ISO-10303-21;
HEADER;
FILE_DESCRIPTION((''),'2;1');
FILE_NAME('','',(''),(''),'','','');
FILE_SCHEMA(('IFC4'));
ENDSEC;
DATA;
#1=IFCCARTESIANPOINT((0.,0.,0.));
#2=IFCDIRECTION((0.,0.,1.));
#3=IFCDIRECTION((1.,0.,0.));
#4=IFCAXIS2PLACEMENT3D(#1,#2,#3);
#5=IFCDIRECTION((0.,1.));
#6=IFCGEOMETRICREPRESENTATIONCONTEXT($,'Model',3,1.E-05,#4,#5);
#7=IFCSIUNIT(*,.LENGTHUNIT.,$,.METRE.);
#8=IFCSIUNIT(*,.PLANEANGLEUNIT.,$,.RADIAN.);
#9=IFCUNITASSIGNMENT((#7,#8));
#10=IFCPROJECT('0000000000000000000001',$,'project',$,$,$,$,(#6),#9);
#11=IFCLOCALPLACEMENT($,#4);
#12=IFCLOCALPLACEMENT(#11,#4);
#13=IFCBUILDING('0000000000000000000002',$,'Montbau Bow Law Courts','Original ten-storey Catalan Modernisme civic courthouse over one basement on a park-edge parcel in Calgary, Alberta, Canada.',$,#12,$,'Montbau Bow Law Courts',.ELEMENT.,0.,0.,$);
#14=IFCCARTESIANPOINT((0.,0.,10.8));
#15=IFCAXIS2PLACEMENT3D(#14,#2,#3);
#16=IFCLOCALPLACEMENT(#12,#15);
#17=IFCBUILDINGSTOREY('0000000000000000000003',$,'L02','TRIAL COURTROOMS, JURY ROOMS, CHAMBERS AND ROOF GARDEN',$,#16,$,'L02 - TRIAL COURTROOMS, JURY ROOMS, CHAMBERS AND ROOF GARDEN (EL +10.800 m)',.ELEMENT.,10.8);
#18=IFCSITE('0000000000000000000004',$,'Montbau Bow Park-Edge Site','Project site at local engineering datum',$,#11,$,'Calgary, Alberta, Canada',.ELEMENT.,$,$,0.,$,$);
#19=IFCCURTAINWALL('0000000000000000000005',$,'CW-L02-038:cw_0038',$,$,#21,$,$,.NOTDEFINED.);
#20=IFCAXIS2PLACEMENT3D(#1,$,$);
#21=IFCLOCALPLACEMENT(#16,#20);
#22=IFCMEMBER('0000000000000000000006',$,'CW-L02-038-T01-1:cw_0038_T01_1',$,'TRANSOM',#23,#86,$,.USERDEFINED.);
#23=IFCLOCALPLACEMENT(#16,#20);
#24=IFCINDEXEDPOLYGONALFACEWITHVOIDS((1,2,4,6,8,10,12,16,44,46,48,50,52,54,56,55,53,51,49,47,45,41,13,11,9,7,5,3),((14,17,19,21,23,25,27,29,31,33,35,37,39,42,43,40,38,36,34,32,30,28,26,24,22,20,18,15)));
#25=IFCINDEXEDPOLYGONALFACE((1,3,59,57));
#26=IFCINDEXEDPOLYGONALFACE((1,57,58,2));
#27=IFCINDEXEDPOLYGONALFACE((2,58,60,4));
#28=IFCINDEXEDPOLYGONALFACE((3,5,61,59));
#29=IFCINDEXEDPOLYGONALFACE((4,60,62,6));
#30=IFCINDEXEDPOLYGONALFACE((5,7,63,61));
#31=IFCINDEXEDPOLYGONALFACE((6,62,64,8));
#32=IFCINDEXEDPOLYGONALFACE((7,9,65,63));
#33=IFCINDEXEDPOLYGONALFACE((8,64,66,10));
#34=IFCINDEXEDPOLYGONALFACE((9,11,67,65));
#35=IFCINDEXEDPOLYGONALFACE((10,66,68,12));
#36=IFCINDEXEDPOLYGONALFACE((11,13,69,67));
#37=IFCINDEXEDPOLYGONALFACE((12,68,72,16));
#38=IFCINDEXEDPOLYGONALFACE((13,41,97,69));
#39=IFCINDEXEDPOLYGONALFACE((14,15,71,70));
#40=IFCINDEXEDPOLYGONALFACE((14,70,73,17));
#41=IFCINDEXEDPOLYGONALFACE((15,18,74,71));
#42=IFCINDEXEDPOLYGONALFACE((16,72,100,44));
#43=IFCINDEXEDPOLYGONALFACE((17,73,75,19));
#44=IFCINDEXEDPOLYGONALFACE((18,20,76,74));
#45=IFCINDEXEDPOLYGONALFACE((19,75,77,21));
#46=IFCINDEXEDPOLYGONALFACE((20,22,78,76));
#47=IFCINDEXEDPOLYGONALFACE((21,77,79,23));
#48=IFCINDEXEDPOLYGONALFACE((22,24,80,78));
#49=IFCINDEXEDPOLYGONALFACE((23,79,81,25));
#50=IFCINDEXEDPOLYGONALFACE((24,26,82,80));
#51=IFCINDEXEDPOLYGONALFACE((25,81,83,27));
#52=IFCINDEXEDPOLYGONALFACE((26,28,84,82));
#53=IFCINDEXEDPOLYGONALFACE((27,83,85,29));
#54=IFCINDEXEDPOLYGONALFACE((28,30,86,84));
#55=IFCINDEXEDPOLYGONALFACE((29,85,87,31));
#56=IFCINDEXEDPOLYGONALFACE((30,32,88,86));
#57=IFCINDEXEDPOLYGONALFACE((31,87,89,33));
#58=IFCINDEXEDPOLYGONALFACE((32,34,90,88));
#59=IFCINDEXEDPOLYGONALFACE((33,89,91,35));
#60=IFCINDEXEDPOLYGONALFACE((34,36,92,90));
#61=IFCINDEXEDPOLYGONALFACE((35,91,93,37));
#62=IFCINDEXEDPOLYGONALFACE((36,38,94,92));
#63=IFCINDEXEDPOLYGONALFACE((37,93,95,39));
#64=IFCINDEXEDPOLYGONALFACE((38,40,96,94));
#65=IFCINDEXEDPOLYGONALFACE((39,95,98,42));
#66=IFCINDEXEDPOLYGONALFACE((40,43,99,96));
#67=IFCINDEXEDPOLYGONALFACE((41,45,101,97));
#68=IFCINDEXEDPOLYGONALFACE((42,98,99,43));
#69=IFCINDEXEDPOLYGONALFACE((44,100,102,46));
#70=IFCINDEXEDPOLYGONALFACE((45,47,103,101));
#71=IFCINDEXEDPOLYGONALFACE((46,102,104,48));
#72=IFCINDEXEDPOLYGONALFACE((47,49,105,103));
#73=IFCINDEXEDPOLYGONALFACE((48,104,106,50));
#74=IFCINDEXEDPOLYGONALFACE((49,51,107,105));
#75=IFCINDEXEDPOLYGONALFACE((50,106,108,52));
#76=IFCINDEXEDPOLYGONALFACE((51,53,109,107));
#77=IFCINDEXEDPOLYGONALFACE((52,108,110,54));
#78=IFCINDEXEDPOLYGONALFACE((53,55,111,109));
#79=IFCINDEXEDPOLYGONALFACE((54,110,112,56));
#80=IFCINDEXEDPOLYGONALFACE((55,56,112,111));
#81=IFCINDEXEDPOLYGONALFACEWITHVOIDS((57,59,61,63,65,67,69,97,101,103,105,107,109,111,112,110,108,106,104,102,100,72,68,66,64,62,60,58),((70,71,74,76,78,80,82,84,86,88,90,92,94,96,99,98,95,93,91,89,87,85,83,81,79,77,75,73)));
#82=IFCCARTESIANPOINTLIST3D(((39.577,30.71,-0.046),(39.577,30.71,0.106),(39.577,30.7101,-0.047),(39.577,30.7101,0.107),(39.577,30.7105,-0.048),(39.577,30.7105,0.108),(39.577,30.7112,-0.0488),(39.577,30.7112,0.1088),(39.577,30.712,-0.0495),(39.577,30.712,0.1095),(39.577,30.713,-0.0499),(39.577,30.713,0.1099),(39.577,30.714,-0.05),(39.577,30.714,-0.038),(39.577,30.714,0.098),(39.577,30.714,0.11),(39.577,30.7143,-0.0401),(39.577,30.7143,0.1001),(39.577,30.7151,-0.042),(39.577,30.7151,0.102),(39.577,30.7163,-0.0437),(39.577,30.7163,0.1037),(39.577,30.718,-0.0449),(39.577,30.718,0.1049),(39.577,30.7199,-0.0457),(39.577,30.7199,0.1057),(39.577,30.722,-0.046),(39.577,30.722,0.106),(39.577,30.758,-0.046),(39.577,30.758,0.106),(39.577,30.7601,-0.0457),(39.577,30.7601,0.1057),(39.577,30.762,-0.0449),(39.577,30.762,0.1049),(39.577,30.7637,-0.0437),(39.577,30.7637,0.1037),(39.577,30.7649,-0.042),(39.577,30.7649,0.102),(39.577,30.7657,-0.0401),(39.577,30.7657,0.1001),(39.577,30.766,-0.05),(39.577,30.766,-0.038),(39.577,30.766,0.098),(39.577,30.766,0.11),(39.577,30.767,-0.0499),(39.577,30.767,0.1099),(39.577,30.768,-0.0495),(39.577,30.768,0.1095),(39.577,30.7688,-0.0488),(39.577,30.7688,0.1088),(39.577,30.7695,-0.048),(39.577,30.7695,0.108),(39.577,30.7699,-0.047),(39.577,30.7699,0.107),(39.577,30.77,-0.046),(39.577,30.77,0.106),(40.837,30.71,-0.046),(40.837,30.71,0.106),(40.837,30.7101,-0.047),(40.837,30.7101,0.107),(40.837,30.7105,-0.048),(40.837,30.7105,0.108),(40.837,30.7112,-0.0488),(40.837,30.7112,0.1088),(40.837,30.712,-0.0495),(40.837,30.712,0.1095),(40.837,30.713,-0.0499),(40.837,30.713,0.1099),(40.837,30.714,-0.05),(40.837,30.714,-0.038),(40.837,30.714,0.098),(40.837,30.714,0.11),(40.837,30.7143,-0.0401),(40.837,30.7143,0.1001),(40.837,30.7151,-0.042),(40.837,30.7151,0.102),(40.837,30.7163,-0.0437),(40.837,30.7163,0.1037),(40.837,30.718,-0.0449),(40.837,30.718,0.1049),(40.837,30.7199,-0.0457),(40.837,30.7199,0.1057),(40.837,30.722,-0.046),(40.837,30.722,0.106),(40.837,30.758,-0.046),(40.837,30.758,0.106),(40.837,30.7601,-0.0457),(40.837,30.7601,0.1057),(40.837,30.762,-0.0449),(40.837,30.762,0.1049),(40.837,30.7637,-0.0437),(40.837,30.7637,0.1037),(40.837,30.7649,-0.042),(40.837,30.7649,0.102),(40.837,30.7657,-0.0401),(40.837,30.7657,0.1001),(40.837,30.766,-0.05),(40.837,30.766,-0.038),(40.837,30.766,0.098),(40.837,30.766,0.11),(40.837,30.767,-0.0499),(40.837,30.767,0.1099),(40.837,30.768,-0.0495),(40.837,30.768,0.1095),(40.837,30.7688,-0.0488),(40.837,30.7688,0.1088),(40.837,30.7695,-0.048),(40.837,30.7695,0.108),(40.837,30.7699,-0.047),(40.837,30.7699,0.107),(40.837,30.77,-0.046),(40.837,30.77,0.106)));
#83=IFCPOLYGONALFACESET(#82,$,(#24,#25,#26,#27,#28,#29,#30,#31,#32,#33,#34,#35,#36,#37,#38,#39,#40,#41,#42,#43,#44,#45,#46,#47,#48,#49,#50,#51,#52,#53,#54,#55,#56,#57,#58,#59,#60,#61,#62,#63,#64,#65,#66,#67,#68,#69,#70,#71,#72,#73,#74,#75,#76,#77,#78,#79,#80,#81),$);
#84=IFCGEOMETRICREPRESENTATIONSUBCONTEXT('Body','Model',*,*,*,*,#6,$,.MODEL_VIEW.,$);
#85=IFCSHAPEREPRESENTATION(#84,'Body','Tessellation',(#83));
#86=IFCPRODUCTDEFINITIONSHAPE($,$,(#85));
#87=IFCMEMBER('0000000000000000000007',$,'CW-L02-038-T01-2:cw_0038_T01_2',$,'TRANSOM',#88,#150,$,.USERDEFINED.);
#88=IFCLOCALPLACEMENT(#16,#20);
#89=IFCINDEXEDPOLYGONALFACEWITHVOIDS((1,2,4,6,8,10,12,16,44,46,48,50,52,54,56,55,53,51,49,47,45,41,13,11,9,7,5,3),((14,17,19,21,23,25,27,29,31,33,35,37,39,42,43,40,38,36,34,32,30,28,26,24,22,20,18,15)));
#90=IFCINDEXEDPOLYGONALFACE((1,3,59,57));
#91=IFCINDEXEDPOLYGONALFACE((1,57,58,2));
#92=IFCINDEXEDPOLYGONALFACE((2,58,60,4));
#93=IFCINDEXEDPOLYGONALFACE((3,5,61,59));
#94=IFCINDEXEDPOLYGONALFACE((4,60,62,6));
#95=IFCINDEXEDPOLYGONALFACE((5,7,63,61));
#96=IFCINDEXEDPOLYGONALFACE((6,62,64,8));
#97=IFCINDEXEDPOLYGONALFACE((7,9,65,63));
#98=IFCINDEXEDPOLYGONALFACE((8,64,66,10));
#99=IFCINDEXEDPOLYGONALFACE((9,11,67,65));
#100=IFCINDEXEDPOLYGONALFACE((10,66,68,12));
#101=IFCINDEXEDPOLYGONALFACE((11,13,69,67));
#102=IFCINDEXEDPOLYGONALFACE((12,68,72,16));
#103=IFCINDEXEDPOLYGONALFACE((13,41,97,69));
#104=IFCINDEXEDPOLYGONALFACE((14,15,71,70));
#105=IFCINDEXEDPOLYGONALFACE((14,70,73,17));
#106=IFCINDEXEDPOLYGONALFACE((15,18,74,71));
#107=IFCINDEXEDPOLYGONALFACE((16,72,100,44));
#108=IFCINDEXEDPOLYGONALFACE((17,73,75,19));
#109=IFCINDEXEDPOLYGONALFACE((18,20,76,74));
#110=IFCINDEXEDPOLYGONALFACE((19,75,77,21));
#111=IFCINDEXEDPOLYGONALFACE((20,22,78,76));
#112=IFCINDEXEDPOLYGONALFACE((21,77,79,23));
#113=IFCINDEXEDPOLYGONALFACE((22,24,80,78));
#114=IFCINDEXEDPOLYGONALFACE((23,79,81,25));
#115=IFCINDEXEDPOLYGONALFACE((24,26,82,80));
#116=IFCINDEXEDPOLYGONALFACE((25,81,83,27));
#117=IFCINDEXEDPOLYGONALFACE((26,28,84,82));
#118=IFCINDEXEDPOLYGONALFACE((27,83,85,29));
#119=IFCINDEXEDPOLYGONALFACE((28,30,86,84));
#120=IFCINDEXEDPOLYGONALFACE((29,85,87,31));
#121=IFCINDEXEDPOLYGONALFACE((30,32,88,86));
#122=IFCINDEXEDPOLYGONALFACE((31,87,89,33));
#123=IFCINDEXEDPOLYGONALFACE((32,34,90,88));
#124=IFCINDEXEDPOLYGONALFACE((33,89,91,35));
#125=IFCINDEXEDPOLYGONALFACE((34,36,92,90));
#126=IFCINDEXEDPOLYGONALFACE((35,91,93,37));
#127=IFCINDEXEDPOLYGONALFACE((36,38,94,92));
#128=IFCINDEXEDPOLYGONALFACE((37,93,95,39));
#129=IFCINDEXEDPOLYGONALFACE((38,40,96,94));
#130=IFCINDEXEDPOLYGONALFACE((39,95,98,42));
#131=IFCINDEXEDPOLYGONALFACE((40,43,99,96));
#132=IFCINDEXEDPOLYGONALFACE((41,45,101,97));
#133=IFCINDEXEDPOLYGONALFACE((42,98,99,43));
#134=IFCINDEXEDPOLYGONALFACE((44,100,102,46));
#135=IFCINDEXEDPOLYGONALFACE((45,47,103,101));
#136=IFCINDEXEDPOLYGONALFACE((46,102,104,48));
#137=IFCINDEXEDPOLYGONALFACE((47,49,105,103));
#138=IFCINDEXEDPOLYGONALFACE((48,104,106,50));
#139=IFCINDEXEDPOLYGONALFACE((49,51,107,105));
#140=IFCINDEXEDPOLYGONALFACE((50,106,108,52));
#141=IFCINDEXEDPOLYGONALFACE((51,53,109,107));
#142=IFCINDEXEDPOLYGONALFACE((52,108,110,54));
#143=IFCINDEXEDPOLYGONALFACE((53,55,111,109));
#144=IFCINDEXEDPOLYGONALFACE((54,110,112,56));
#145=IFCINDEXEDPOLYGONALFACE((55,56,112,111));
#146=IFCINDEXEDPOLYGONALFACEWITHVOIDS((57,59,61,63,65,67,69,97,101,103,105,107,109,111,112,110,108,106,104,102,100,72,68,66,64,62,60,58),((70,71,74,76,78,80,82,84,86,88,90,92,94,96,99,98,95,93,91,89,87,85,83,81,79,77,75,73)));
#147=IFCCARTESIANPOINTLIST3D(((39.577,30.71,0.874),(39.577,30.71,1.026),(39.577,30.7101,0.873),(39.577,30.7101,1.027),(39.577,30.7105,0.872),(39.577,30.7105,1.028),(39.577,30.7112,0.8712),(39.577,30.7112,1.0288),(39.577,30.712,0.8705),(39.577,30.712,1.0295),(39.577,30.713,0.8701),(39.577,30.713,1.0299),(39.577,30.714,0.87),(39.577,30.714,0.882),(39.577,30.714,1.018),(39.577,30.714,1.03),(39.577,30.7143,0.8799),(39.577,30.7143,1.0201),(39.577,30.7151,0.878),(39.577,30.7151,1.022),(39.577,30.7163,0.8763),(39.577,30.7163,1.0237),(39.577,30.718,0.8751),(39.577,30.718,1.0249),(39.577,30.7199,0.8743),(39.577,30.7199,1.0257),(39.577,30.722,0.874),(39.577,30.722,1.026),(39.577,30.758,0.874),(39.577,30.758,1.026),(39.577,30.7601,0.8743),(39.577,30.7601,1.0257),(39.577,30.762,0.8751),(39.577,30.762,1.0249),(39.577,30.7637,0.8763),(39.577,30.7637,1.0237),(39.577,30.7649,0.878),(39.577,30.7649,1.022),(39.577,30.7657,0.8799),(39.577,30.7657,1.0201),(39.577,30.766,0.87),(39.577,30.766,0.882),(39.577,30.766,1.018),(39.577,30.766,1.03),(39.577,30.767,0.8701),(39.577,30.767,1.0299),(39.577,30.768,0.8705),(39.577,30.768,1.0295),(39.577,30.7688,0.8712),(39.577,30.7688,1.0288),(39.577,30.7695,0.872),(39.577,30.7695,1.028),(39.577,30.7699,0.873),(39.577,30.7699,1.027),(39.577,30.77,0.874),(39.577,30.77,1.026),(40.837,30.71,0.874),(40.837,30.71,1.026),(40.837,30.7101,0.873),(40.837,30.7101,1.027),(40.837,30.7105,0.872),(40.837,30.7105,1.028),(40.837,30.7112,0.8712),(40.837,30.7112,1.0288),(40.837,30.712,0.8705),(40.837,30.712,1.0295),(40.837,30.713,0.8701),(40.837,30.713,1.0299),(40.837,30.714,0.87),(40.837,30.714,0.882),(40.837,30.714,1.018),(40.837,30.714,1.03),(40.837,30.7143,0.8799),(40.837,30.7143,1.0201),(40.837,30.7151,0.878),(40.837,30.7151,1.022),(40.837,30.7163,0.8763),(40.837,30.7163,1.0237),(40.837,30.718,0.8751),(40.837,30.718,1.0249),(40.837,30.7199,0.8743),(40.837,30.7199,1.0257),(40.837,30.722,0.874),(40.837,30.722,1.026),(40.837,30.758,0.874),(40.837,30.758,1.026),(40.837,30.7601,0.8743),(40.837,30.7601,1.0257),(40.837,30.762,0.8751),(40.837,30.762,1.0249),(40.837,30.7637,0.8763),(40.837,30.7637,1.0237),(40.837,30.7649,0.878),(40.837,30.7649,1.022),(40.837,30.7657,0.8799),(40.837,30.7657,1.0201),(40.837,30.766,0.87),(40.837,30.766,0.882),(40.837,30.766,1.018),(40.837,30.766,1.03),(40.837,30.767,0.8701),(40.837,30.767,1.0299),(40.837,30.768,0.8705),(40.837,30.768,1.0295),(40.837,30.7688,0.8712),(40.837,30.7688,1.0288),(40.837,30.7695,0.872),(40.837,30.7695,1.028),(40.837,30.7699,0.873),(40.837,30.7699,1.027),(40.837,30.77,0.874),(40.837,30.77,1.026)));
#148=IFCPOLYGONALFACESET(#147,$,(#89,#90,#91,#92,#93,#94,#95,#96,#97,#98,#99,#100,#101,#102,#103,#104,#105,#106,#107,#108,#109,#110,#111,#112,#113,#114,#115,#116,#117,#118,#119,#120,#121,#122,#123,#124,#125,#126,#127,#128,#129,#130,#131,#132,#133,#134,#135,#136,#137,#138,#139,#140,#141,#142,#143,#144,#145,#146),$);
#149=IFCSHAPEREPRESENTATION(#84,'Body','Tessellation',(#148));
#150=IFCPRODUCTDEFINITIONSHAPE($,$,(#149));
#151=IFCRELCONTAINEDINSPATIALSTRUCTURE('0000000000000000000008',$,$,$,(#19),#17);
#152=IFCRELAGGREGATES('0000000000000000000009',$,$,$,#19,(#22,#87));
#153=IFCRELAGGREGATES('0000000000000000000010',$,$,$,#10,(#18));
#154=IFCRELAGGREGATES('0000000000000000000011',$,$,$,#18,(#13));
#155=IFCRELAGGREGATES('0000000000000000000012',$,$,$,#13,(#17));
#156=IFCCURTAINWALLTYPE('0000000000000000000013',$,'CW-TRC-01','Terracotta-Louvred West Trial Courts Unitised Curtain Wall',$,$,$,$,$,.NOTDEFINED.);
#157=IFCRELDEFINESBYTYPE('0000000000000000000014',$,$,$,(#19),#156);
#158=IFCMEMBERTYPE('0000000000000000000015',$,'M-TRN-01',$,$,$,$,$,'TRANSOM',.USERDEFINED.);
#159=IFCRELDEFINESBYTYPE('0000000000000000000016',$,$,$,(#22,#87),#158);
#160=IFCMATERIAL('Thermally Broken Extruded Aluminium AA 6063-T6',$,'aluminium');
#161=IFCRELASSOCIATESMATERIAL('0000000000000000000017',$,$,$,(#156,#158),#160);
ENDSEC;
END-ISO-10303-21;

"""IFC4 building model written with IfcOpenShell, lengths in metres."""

from ifc_helpers import new_model, si_unit, direction, frame, origin_with_axes, origin_2d_with_axis, place, context, subcontext, project, spatial, hollow_rectangle, extrude, material, material_profile, profile_set, type_object, element, aggregate, save


model = new_model("IFC4")

# Units and contexts
model_context = context("Model", 3, precision=1e-05, world=origin_with_axes(), true_north=direction((0.0, 1.0)))
body_context = subcontext(model_context, "Body", "Model", "MODEL_VIEW")
ifc_project = project(units=[si_unit("LENGTHUNIT", "METRE"), si_unit("PLANEANGLEUNIT", "RADIAN")], contexts=[model_context])

# Site, building, storey
site_placement = place(None, origin_with_axes())
site = spatial("IfcSite", under=ifc_project, at=site_placement, Name="Montbau Bow Park-Edge Site", Description="Project site at local engineering datum", LongName="Calgary, Alberta, Canada", CompositionType="ELEMENT", RefElevation=0.0)
building_placement = place(site_placement, origin_with_axes())
building = spatial("IfcBuilding", under=site, at=building_placement, Name="Montbau Bow Law Courts", Description="Original ten-storey Catalan Modernisme civic courthouse over one basement on a park-edge parcel in Calgary, Alberta, Canada.", LongName="Montbau Bow Law Courts", CompositionType="ELEMENT", ElevationOfRefHeight=0.0, ElevationOfTerrain=0.0)
storey_placement = place(building_placement, frame((0.0, 0.0, 10.8), z_axis=(0.0, 0.0, 1.0), x_axis=(1.0, 0.0, 0.0)))
storey = spatial("IfcBuildingStorey", under=building, at=storey_placement, Name="L02", Description="TRIAL COURTROOMS, JURY ROOMS, CHAMBERS AND ROOF GARDEN", LongName="L02 - TRIAL COURTROOMS, JURY ROOMS, CHAMBERS AND ROOF GARDEN (EL +10.800 m)", CompositionType="ELEMENT", Elevation=10.8)

# Curtain wall, members
ifc_material_1 = material(Name="Thermally Broken Extruded Aluminium AA 6063-T6", Category="aluminium")
curtain_wall_type = type_object("IfcCurtainWallType", Name="CW-TRC-01", Description="Terracotta-Louvred West Trial Courts Unitised Curtain Wall", PredefinedType="NOTDEFINED", material=ifc_material_1)
curtain_wall_placement = place(None, frame((39.515, 30.74, 10.8), z_axis=(0.0, 0.0, 1.0), x_axis=(1.0, 0.0, 0.0)))
curtain_wall = element("IfcCurtainWall", 1, at=curtain_wall_placement, inside=storey, type_object=curtain_wall_type, Name="CW-L02-038:cw_0038", PredefinedType="NOTDEFINED")
ifc_material_profile_1 = material_profile(ifc_material_1, hollow_rectangle(XDim=0.06, YDim=0.16, WallThickness=0.004, InnerFilletRadius=0.008, OuterFilletRadius=0.004, at=origin_2d_with_axis()), Name="CWT-160X60", Category="Main", Priority=0)
ifc_profile_set_1 = profile_set([ifc_material_profile_1], Name="Thermally Broken Extruded Aluminium AA 6063-T6")
member_type_1 = type_object("IfcMemberType", Name="M-TRN-01", ElementType="TRANSOM", PredefinedType="USERDEFINED", material=ifc_profile_set_1)
member_1_placement = place(None, frame((39.577, 30.74, 10.83), z_axis=(1.0, 0.0, 0.0), x_axis=(0.0, 1.0, 0.0)))
member_1 = element("IfcMember", 2, at=member_1_placement, type_object=member_type_1, Name="CW-L02-038-T01-1:cw_0038_T01_1", ObjectType="TRANSOM", PredefinedType="USERDEFINED", context=body_context, shape_type="SweptSolid", body=[
    extrude(hollow_rectangle(XDim=0.06, YDim=0.16, WallThickness=0.004, InnerFilletRadius=0.008, OuterFilletRadius=0.004, at=origin_2d_with_axis()), origin_with_axes(), (0.0, 0.0, 1.0), 1.26),
])
member_2_placement = place(None, frame((39.577, 30.74, 11.75), z_axis=(1.0, 0.0, 0.0), x_axis=(0.0, 1.0, 0.0)))
member_2 = element("IfcMember", 3, at=member_2_placement, type_object=member_type_1, Name="CW-L02-038-T01-2:cw_0038_T01_2", ObjectType="TRANSOM", PredefinedType="USERDEFINED", context=body_context, shape_type="SweptSolid", body=[
    extrude(hollow_rectangle(XDim=0.06, YDim=0.16, WallThickness=0.004, InnerFilletRadius=0.008, OuterFilletRadius=0.004, at=origin_2d_with_axis()), origin_with_axes(), (0.0, 0.0, 1.0), 1.26),
])
aggregate(curtain_wall, [member_1, member_2])

save(model, "model.ifc")
